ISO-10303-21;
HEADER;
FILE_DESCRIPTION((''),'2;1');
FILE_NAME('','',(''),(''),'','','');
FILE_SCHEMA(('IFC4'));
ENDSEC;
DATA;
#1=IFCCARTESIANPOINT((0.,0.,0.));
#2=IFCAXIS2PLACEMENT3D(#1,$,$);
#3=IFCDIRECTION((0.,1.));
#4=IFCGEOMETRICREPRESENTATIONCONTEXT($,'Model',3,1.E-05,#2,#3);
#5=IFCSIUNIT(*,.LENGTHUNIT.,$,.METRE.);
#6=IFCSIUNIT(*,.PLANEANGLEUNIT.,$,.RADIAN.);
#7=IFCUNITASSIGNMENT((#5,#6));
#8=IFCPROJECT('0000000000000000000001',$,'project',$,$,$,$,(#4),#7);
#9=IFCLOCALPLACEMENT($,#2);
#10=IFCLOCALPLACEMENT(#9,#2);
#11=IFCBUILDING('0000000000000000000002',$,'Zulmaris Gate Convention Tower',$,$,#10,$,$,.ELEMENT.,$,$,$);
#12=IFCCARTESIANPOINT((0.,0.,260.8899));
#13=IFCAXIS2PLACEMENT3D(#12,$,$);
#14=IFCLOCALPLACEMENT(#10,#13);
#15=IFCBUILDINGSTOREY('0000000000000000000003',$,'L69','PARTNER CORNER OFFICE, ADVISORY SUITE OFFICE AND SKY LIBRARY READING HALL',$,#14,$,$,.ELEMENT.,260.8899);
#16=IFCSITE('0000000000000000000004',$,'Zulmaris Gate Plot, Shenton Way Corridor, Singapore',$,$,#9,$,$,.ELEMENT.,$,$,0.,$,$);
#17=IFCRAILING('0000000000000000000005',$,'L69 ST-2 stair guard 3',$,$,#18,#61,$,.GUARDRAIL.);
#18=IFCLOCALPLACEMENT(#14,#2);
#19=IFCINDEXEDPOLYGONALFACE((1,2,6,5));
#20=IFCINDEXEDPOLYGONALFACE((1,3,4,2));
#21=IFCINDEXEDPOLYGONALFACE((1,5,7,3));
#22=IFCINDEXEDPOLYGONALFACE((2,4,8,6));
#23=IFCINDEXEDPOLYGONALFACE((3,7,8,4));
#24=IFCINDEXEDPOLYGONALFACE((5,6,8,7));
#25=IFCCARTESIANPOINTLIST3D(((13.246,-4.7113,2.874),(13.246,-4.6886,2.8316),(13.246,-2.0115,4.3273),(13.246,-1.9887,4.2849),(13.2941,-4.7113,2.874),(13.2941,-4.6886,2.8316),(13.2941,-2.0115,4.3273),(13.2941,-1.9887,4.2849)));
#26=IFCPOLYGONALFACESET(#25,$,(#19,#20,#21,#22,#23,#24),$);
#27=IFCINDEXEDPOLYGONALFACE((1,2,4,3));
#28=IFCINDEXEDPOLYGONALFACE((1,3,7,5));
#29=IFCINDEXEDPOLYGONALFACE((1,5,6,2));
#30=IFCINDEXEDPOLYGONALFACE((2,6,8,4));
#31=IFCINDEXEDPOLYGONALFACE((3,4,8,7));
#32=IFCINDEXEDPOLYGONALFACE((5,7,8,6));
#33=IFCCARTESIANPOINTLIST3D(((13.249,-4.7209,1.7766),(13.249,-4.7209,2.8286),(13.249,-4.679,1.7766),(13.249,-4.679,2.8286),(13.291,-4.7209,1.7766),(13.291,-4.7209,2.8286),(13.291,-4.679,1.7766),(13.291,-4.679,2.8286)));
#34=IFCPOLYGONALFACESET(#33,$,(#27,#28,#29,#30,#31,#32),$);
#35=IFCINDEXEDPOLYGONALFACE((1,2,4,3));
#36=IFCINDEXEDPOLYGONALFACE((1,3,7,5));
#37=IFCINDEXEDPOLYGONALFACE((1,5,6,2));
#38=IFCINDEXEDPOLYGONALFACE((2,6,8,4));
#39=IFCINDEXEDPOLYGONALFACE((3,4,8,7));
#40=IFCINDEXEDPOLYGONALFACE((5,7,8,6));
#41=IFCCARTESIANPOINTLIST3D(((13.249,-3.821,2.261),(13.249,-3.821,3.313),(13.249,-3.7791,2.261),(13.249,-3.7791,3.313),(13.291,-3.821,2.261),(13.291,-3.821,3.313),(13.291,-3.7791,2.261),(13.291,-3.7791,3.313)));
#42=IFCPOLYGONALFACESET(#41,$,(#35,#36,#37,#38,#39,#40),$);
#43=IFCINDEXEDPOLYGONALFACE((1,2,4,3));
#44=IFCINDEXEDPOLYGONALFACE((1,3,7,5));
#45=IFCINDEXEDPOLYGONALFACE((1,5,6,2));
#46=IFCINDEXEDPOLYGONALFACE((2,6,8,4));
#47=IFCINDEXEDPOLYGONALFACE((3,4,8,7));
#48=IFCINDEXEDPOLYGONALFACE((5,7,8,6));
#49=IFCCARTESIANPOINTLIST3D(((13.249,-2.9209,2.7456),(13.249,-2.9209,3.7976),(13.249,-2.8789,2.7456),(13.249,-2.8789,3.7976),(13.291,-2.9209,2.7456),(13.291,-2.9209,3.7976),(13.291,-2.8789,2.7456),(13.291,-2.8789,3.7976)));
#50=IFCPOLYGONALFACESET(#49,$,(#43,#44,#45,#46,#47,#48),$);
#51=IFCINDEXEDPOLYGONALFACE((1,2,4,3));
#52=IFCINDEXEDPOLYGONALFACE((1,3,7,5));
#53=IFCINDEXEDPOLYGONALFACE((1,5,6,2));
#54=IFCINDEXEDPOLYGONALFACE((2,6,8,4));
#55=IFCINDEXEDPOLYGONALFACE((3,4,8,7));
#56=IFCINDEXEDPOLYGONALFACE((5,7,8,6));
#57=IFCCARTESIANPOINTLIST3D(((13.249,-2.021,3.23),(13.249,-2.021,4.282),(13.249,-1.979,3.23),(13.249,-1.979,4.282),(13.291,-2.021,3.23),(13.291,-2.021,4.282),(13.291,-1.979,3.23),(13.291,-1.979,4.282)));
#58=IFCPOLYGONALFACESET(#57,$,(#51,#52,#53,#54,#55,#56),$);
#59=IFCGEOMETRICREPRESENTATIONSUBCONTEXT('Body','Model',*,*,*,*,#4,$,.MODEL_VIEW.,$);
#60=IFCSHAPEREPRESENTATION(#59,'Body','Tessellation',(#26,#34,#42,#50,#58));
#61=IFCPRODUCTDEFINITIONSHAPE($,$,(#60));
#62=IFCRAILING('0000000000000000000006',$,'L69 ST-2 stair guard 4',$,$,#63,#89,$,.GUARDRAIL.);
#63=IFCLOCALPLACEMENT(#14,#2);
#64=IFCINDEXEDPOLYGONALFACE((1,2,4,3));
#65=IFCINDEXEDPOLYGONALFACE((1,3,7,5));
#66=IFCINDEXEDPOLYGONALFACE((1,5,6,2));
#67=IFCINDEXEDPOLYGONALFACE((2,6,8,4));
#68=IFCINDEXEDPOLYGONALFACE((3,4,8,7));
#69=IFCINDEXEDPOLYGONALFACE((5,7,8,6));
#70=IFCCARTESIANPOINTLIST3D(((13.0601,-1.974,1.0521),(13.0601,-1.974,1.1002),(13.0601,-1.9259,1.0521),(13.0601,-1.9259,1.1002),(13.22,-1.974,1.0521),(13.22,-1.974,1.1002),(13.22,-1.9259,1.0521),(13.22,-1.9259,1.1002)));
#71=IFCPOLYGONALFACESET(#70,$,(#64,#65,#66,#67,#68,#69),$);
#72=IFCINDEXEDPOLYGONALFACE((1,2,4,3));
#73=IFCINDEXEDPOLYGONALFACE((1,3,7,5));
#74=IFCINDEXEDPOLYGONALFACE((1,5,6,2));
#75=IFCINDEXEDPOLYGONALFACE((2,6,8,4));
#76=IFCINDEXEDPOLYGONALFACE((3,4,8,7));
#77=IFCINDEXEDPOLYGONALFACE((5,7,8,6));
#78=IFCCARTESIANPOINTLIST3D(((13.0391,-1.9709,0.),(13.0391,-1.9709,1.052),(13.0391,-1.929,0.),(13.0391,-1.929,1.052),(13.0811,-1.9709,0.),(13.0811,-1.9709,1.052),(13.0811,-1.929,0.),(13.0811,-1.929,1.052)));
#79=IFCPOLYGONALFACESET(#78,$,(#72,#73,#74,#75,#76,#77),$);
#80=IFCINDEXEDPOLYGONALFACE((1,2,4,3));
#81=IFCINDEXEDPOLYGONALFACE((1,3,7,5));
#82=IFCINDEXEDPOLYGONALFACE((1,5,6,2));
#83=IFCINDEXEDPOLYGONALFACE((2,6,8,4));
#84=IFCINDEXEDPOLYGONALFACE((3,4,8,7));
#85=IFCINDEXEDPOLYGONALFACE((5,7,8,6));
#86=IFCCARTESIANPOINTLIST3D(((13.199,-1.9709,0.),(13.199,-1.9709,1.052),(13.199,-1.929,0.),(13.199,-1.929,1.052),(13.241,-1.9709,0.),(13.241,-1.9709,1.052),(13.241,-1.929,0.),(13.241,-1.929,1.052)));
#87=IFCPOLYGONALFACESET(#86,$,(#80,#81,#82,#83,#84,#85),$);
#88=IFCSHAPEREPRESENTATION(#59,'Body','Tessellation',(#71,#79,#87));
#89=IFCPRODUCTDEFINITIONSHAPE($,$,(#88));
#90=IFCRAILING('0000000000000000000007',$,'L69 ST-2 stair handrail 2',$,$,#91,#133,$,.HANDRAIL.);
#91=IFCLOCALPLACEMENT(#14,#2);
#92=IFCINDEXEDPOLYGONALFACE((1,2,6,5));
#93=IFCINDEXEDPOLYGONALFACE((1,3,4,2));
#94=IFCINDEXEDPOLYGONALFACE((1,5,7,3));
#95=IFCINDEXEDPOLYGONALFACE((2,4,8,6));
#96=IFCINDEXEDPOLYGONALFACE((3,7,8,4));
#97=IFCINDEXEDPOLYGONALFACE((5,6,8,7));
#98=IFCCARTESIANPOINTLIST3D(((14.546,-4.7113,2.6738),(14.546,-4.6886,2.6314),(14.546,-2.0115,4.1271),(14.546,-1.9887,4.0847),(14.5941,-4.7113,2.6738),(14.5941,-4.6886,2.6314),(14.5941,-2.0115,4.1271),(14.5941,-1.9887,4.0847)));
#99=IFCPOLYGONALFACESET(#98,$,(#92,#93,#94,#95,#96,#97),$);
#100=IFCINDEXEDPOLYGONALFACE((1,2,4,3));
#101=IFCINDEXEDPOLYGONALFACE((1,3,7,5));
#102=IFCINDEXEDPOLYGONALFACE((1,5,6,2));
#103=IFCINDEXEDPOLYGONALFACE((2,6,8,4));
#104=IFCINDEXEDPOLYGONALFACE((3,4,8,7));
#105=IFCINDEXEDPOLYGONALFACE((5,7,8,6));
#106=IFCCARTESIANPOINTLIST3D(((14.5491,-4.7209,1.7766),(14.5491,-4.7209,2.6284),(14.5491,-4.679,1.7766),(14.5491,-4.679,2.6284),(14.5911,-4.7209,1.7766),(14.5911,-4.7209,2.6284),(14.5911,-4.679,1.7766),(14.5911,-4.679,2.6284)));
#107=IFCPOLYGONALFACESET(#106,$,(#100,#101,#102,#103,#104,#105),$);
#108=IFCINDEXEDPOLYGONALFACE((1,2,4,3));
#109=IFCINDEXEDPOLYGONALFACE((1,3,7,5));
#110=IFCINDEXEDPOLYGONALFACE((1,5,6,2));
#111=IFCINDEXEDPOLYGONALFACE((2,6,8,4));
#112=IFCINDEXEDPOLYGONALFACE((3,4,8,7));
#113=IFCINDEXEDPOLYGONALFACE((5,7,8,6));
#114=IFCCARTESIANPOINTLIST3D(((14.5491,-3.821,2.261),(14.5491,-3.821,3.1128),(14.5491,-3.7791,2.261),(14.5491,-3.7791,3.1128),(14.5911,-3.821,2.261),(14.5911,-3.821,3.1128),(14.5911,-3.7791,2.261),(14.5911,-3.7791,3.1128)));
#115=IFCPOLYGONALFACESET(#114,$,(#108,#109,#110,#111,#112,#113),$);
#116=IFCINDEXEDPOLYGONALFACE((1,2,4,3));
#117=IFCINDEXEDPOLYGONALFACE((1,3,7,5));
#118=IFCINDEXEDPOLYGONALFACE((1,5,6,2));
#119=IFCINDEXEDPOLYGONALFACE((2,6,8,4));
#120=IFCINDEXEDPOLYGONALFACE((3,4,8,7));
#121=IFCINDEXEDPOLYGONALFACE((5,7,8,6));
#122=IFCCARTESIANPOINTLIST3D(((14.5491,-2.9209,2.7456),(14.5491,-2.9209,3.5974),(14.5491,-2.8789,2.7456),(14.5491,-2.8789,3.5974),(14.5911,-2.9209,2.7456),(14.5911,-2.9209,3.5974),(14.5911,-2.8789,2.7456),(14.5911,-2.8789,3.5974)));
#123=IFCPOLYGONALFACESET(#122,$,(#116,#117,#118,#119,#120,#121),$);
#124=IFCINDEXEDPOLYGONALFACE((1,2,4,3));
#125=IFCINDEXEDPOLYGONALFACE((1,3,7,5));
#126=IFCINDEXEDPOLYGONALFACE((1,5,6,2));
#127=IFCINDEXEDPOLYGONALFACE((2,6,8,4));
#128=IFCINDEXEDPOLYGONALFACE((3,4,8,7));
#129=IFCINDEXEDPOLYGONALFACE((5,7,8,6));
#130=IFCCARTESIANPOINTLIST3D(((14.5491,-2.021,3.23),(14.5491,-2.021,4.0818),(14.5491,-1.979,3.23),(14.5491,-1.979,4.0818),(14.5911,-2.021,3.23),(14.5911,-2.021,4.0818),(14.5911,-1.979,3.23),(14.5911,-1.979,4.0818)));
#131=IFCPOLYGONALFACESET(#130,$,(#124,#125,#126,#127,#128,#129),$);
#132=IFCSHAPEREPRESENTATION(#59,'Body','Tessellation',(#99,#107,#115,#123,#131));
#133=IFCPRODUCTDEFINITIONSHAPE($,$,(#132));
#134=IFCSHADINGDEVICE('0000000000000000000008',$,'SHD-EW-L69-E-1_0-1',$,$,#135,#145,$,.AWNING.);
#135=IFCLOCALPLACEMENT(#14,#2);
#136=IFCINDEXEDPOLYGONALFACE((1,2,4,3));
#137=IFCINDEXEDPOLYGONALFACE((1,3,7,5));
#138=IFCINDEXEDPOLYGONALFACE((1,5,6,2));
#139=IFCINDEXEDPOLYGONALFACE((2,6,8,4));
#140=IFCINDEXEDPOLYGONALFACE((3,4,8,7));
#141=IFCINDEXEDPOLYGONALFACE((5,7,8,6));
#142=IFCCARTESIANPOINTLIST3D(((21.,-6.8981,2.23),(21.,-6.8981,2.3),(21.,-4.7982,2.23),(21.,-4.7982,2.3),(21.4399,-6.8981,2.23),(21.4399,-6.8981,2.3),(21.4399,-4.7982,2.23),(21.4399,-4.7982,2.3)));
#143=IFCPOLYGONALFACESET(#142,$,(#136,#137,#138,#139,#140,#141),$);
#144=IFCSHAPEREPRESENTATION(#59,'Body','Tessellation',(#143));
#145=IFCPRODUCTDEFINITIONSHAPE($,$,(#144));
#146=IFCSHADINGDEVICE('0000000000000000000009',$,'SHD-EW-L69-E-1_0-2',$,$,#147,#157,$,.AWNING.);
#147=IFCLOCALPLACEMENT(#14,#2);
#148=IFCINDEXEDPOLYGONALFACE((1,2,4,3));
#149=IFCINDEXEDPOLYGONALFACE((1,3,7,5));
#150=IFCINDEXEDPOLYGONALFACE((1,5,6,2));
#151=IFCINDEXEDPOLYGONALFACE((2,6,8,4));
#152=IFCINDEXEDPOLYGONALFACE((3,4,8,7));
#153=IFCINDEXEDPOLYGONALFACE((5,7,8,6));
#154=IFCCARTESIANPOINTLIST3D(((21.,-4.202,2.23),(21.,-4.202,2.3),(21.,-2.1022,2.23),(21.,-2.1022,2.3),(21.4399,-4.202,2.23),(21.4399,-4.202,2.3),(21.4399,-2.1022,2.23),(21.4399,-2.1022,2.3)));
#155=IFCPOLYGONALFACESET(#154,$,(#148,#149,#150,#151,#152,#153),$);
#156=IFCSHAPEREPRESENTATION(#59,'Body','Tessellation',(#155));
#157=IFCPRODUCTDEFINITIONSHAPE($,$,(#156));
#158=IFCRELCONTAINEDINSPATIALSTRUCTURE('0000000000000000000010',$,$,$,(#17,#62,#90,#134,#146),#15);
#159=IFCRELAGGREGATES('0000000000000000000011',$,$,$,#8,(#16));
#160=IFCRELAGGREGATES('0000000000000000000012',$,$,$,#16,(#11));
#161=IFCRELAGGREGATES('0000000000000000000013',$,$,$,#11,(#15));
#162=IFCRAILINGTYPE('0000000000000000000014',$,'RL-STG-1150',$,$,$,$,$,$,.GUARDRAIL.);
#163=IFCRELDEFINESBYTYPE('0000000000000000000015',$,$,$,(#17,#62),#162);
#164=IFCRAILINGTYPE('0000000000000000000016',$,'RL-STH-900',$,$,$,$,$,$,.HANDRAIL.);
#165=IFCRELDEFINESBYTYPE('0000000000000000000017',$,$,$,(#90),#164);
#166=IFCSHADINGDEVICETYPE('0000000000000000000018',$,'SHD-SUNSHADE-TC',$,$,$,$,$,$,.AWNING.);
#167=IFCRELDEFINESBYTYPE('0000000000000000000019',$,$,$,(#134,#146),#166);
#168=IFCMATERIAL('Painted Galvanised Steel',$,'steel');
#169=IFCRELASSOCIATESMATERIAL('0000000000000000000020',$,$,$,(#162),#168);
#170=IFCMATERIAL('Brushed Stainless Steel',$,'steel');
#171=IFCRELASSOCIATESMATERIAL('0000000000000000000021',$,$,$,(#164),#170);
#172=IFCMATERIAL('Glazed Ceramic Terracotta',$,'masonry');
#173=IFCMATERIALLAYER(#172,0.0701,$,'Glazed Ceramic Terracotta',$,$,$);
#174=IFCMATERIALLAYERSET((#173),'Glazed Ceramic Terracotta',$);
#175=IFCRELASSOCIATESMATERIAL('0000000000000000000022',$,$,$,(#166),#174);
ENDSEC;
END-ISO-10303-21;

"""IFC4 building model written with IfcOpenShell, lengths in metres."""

from ifc_helpers import new_model, si_unit, direction, frame, frame_2d, origin, origin_2d, place, context, subcontext, project, spatial, rectangle, extrude, material, layer, layer_set, type_object, element, save


model = new_model("IFC4")

# Units and contexts
model_context = context("Model", 3, precision=1e-05, world=origin(), true_north=direction((0.0, 1.0)))
body_context = subcontext(model_context, "Body", "Model", "MODEL_VIEW")
ifc_project = project(units=[si_unit("LENGTHUNIT", "METRE"), si_unit("PLANEANGLEUNIT", "RADIAN")], contexts=[model_context])

# Site, building, storey
site_placement = place(None, origin())
site = spatial("IfcSite", under=ifc_project, at=site_placement, Name="Zulmaris Gate Plot, Shenton Way Corridor, Singapore", CompositionType="ELEMENT", RefElevation=0.0)
building_placement = place(site_placement, origin())
building = spatial("IfcBuilding", under=site, at=building_placement, Name="Zulmaris Gate Convention Tower", CompositionType="ELEMENT")
storey_placement = place(building_placement, frame((0.0, 0.0, 260.8899)))
storey = spatial("IfcBuildingStorey", under=building, at=storey_placement, Name="L69", Description="PARTNER CORNER OFFICE, ADVISORY SUITE OFFICE AND SKY LIBRARY READING HALL", CompositionType="ELEMENT", Elevation=260.8899)

# Railings
ifc_material_1 = material(Name="Painted Galvanised Steel", Category="steel")
railing_type_1 = type_object("IfcRailingType", Name="RL-STG-1150", PredefinedType="GUARDRAIL", material=ifc_material_1)
railing_1_placement = place(storey_placement, frame((13.27, -4.7, 1.7766)))
element("IfcRailing", 1, at=railing_1_placement, inside=storey, type_object=railing_type_1, Name="L69 ST-2 stair guard 3", PredefinedType="GUARDRAIL", context=body_context, shape_type="SweptSolid", body=[
    extrude(rectangle(XDim=0.0481, YDim=0.0481, at=origin_2d()), frame((0.0, 0.0, 1.0762), z_axis=(0.0, 0.880532, 0.473986), x_axis=(-1.0, 0.0, 0.0)), (0.0, 0.0, 1.0), 3.0662),
    extrude(rectangle(XDim=0.042, YDim=0.042, at=origin_2d()), origin(), (0.0, 0.0, 1.0), 1.052),
    extrude(rectangle(XDim=0.042, YDim=0.042, at=origin_2d()), frame((0.0, 0.8999, 0.4844)), (0.0, 0.0, 1.0), 1.052),
    extrude(rectangle(XDim=0.042, YDim=0.042, at=origin_2d()), frame((0.0, 1.8, 0.969)), (0.0, 0.0, 1.0), 1.052),
    extrude(rectangle(XDim=0.042, YDim=0.042, at=origin_2d()), frame((0.0, 2.7, 1.4534)), (0.0, 0.0, 1.0), 1.052),
])
railing_2_placement = place(storey_placement, frame((13.0601, -1.95, 0.0)))
element("IfcRailing", 2, at=railing_2_placement, inside=storey, type_object=railing_type_1, Name="L69 ST-2 stair guard 4", PredefinedType="GUARDRAIL", context=body_context, shape_type="SweptSolid", body=[
    extrude(rectangle(XDim=0.0481, YDim=0.0481, at=origin_2d()), frame((0.0, 0.0, 1.0762), z_axis=(1.0, 0.0, 0.0), x_axis=(0.0, 1.0, 0.0)), (0.0, 0.0, 1.0), 0.1599),
    extrude(rectangle(XDim=0.042, YDim=0.042, at=origin_2d()), origin(), (0.0, 0.0, 1.0), 1.052),
    extrude(rectangle(XDim=0.042, YDim=0.042, at=origin_2d()), frame((0.1599, 0.0, 0.0)), (0.0, 0.0, 1.0), 1.052),
])
ifc_material_2 = material(Name="Brushed Stainless Steel", Category="steel")
railing_type_2 = type_object("IfcRailingType", Name="RL-STH-900", PredefinedType="HANDRAIL", material=ifc_material_2)
railing_3_placement = place(storey_placement, frame((14.5701, -4.7, 1.7766)))
element("IfcRailing", 3, at=railing_3_placement, inside=storey, type_object=railing_type_2, Name="L69 ST-2 stair handrail 2", PredefinedType="HANDRAIL", context=body_context, shape_type="SweptSolid", body=[
    extrude(rectangle(XDim=0.0481, YDim=0.0481, at=origin_2d()), frame((0.0, 0.0, 0.876), z_axis=(0.0, 0.880532, 0.473986), x_axis=(-1.0, 0.0, 0.0)), (0.0, 0.0, 1.0), 3.0662),
    extrude(rectangle(XDim=0.042, YDim=0.042, at=origin_2d()), origin(), (0.0, 0.0, 1.0), 0.8518),
    extrude(rectangle(XDim=0.042, YDim=0.042, at=origin_2d()), frame((0.0, 0.8999, 0.4844)), (0.0, 0.0, 1.0), 0.8518),
    extrude(rectangle(XDim=0.042, YDim=0.042, at=origin_2d()), frame((0.0, 1.8, 0.969)), (0.0, 0.0, 1.0), 0.8518),
    extrude(rectangle(XDim=0.042, YDim=0.042, at=origin_2d()), frame((0.0, 2.7, 1.4534)), (0.0, 0.0, 1.0), 0.8518),
])

# Shading devices
ifc_material_3 = material(Name="Glazed Ceramic Terracotta", Category="masonry")
ifc_layer_1 = layer(ifc_material_3, 0.0701, Name="Glazed Ceramic Terracotta")
ifc_layer_set_1 = layer_set([ifc_layer_1], Name="Glazed Ceramic Terracotta")
shading_device_type = type_object("IfcShadingDeviceType", Name="SHD-SUNSHADE-TC", PredefinedType="AWNING", material=ifc_layer_set_1)
for number, where, z_axis, x_axis, name in (
    (4, (21.22, -6.8979, 2.23), (0.0, 0.0, 1.0), (0.0, 1.0, 0.0), "SHD-EW-L69-E-1_0-1"),
    (5, (21.22, -4.2019, 2.23), (0.0, 0.0, 1.0), (0.0, 1.0, 0.0), "SHD-EW-L69-E-1_0-2"),
):
    element("IfcShadingDevice", number, at=place(storey_placement, frame(where, z_axis=z_axis, x_axis=x_axis)), inside=storey, type_object=shading_device_type, Name=name, PredefinedType="AWNING", context=body_context, shape_type="SweptSolid", body=[
        extrude(rectangle(XDim=2.0999, YDim=0.4399, at=frame_2d((1.0498, 0.0))), origin(), (0.0, 0.0, 1.0), 0.0701),
    ])

save(model, "model.ifc")
